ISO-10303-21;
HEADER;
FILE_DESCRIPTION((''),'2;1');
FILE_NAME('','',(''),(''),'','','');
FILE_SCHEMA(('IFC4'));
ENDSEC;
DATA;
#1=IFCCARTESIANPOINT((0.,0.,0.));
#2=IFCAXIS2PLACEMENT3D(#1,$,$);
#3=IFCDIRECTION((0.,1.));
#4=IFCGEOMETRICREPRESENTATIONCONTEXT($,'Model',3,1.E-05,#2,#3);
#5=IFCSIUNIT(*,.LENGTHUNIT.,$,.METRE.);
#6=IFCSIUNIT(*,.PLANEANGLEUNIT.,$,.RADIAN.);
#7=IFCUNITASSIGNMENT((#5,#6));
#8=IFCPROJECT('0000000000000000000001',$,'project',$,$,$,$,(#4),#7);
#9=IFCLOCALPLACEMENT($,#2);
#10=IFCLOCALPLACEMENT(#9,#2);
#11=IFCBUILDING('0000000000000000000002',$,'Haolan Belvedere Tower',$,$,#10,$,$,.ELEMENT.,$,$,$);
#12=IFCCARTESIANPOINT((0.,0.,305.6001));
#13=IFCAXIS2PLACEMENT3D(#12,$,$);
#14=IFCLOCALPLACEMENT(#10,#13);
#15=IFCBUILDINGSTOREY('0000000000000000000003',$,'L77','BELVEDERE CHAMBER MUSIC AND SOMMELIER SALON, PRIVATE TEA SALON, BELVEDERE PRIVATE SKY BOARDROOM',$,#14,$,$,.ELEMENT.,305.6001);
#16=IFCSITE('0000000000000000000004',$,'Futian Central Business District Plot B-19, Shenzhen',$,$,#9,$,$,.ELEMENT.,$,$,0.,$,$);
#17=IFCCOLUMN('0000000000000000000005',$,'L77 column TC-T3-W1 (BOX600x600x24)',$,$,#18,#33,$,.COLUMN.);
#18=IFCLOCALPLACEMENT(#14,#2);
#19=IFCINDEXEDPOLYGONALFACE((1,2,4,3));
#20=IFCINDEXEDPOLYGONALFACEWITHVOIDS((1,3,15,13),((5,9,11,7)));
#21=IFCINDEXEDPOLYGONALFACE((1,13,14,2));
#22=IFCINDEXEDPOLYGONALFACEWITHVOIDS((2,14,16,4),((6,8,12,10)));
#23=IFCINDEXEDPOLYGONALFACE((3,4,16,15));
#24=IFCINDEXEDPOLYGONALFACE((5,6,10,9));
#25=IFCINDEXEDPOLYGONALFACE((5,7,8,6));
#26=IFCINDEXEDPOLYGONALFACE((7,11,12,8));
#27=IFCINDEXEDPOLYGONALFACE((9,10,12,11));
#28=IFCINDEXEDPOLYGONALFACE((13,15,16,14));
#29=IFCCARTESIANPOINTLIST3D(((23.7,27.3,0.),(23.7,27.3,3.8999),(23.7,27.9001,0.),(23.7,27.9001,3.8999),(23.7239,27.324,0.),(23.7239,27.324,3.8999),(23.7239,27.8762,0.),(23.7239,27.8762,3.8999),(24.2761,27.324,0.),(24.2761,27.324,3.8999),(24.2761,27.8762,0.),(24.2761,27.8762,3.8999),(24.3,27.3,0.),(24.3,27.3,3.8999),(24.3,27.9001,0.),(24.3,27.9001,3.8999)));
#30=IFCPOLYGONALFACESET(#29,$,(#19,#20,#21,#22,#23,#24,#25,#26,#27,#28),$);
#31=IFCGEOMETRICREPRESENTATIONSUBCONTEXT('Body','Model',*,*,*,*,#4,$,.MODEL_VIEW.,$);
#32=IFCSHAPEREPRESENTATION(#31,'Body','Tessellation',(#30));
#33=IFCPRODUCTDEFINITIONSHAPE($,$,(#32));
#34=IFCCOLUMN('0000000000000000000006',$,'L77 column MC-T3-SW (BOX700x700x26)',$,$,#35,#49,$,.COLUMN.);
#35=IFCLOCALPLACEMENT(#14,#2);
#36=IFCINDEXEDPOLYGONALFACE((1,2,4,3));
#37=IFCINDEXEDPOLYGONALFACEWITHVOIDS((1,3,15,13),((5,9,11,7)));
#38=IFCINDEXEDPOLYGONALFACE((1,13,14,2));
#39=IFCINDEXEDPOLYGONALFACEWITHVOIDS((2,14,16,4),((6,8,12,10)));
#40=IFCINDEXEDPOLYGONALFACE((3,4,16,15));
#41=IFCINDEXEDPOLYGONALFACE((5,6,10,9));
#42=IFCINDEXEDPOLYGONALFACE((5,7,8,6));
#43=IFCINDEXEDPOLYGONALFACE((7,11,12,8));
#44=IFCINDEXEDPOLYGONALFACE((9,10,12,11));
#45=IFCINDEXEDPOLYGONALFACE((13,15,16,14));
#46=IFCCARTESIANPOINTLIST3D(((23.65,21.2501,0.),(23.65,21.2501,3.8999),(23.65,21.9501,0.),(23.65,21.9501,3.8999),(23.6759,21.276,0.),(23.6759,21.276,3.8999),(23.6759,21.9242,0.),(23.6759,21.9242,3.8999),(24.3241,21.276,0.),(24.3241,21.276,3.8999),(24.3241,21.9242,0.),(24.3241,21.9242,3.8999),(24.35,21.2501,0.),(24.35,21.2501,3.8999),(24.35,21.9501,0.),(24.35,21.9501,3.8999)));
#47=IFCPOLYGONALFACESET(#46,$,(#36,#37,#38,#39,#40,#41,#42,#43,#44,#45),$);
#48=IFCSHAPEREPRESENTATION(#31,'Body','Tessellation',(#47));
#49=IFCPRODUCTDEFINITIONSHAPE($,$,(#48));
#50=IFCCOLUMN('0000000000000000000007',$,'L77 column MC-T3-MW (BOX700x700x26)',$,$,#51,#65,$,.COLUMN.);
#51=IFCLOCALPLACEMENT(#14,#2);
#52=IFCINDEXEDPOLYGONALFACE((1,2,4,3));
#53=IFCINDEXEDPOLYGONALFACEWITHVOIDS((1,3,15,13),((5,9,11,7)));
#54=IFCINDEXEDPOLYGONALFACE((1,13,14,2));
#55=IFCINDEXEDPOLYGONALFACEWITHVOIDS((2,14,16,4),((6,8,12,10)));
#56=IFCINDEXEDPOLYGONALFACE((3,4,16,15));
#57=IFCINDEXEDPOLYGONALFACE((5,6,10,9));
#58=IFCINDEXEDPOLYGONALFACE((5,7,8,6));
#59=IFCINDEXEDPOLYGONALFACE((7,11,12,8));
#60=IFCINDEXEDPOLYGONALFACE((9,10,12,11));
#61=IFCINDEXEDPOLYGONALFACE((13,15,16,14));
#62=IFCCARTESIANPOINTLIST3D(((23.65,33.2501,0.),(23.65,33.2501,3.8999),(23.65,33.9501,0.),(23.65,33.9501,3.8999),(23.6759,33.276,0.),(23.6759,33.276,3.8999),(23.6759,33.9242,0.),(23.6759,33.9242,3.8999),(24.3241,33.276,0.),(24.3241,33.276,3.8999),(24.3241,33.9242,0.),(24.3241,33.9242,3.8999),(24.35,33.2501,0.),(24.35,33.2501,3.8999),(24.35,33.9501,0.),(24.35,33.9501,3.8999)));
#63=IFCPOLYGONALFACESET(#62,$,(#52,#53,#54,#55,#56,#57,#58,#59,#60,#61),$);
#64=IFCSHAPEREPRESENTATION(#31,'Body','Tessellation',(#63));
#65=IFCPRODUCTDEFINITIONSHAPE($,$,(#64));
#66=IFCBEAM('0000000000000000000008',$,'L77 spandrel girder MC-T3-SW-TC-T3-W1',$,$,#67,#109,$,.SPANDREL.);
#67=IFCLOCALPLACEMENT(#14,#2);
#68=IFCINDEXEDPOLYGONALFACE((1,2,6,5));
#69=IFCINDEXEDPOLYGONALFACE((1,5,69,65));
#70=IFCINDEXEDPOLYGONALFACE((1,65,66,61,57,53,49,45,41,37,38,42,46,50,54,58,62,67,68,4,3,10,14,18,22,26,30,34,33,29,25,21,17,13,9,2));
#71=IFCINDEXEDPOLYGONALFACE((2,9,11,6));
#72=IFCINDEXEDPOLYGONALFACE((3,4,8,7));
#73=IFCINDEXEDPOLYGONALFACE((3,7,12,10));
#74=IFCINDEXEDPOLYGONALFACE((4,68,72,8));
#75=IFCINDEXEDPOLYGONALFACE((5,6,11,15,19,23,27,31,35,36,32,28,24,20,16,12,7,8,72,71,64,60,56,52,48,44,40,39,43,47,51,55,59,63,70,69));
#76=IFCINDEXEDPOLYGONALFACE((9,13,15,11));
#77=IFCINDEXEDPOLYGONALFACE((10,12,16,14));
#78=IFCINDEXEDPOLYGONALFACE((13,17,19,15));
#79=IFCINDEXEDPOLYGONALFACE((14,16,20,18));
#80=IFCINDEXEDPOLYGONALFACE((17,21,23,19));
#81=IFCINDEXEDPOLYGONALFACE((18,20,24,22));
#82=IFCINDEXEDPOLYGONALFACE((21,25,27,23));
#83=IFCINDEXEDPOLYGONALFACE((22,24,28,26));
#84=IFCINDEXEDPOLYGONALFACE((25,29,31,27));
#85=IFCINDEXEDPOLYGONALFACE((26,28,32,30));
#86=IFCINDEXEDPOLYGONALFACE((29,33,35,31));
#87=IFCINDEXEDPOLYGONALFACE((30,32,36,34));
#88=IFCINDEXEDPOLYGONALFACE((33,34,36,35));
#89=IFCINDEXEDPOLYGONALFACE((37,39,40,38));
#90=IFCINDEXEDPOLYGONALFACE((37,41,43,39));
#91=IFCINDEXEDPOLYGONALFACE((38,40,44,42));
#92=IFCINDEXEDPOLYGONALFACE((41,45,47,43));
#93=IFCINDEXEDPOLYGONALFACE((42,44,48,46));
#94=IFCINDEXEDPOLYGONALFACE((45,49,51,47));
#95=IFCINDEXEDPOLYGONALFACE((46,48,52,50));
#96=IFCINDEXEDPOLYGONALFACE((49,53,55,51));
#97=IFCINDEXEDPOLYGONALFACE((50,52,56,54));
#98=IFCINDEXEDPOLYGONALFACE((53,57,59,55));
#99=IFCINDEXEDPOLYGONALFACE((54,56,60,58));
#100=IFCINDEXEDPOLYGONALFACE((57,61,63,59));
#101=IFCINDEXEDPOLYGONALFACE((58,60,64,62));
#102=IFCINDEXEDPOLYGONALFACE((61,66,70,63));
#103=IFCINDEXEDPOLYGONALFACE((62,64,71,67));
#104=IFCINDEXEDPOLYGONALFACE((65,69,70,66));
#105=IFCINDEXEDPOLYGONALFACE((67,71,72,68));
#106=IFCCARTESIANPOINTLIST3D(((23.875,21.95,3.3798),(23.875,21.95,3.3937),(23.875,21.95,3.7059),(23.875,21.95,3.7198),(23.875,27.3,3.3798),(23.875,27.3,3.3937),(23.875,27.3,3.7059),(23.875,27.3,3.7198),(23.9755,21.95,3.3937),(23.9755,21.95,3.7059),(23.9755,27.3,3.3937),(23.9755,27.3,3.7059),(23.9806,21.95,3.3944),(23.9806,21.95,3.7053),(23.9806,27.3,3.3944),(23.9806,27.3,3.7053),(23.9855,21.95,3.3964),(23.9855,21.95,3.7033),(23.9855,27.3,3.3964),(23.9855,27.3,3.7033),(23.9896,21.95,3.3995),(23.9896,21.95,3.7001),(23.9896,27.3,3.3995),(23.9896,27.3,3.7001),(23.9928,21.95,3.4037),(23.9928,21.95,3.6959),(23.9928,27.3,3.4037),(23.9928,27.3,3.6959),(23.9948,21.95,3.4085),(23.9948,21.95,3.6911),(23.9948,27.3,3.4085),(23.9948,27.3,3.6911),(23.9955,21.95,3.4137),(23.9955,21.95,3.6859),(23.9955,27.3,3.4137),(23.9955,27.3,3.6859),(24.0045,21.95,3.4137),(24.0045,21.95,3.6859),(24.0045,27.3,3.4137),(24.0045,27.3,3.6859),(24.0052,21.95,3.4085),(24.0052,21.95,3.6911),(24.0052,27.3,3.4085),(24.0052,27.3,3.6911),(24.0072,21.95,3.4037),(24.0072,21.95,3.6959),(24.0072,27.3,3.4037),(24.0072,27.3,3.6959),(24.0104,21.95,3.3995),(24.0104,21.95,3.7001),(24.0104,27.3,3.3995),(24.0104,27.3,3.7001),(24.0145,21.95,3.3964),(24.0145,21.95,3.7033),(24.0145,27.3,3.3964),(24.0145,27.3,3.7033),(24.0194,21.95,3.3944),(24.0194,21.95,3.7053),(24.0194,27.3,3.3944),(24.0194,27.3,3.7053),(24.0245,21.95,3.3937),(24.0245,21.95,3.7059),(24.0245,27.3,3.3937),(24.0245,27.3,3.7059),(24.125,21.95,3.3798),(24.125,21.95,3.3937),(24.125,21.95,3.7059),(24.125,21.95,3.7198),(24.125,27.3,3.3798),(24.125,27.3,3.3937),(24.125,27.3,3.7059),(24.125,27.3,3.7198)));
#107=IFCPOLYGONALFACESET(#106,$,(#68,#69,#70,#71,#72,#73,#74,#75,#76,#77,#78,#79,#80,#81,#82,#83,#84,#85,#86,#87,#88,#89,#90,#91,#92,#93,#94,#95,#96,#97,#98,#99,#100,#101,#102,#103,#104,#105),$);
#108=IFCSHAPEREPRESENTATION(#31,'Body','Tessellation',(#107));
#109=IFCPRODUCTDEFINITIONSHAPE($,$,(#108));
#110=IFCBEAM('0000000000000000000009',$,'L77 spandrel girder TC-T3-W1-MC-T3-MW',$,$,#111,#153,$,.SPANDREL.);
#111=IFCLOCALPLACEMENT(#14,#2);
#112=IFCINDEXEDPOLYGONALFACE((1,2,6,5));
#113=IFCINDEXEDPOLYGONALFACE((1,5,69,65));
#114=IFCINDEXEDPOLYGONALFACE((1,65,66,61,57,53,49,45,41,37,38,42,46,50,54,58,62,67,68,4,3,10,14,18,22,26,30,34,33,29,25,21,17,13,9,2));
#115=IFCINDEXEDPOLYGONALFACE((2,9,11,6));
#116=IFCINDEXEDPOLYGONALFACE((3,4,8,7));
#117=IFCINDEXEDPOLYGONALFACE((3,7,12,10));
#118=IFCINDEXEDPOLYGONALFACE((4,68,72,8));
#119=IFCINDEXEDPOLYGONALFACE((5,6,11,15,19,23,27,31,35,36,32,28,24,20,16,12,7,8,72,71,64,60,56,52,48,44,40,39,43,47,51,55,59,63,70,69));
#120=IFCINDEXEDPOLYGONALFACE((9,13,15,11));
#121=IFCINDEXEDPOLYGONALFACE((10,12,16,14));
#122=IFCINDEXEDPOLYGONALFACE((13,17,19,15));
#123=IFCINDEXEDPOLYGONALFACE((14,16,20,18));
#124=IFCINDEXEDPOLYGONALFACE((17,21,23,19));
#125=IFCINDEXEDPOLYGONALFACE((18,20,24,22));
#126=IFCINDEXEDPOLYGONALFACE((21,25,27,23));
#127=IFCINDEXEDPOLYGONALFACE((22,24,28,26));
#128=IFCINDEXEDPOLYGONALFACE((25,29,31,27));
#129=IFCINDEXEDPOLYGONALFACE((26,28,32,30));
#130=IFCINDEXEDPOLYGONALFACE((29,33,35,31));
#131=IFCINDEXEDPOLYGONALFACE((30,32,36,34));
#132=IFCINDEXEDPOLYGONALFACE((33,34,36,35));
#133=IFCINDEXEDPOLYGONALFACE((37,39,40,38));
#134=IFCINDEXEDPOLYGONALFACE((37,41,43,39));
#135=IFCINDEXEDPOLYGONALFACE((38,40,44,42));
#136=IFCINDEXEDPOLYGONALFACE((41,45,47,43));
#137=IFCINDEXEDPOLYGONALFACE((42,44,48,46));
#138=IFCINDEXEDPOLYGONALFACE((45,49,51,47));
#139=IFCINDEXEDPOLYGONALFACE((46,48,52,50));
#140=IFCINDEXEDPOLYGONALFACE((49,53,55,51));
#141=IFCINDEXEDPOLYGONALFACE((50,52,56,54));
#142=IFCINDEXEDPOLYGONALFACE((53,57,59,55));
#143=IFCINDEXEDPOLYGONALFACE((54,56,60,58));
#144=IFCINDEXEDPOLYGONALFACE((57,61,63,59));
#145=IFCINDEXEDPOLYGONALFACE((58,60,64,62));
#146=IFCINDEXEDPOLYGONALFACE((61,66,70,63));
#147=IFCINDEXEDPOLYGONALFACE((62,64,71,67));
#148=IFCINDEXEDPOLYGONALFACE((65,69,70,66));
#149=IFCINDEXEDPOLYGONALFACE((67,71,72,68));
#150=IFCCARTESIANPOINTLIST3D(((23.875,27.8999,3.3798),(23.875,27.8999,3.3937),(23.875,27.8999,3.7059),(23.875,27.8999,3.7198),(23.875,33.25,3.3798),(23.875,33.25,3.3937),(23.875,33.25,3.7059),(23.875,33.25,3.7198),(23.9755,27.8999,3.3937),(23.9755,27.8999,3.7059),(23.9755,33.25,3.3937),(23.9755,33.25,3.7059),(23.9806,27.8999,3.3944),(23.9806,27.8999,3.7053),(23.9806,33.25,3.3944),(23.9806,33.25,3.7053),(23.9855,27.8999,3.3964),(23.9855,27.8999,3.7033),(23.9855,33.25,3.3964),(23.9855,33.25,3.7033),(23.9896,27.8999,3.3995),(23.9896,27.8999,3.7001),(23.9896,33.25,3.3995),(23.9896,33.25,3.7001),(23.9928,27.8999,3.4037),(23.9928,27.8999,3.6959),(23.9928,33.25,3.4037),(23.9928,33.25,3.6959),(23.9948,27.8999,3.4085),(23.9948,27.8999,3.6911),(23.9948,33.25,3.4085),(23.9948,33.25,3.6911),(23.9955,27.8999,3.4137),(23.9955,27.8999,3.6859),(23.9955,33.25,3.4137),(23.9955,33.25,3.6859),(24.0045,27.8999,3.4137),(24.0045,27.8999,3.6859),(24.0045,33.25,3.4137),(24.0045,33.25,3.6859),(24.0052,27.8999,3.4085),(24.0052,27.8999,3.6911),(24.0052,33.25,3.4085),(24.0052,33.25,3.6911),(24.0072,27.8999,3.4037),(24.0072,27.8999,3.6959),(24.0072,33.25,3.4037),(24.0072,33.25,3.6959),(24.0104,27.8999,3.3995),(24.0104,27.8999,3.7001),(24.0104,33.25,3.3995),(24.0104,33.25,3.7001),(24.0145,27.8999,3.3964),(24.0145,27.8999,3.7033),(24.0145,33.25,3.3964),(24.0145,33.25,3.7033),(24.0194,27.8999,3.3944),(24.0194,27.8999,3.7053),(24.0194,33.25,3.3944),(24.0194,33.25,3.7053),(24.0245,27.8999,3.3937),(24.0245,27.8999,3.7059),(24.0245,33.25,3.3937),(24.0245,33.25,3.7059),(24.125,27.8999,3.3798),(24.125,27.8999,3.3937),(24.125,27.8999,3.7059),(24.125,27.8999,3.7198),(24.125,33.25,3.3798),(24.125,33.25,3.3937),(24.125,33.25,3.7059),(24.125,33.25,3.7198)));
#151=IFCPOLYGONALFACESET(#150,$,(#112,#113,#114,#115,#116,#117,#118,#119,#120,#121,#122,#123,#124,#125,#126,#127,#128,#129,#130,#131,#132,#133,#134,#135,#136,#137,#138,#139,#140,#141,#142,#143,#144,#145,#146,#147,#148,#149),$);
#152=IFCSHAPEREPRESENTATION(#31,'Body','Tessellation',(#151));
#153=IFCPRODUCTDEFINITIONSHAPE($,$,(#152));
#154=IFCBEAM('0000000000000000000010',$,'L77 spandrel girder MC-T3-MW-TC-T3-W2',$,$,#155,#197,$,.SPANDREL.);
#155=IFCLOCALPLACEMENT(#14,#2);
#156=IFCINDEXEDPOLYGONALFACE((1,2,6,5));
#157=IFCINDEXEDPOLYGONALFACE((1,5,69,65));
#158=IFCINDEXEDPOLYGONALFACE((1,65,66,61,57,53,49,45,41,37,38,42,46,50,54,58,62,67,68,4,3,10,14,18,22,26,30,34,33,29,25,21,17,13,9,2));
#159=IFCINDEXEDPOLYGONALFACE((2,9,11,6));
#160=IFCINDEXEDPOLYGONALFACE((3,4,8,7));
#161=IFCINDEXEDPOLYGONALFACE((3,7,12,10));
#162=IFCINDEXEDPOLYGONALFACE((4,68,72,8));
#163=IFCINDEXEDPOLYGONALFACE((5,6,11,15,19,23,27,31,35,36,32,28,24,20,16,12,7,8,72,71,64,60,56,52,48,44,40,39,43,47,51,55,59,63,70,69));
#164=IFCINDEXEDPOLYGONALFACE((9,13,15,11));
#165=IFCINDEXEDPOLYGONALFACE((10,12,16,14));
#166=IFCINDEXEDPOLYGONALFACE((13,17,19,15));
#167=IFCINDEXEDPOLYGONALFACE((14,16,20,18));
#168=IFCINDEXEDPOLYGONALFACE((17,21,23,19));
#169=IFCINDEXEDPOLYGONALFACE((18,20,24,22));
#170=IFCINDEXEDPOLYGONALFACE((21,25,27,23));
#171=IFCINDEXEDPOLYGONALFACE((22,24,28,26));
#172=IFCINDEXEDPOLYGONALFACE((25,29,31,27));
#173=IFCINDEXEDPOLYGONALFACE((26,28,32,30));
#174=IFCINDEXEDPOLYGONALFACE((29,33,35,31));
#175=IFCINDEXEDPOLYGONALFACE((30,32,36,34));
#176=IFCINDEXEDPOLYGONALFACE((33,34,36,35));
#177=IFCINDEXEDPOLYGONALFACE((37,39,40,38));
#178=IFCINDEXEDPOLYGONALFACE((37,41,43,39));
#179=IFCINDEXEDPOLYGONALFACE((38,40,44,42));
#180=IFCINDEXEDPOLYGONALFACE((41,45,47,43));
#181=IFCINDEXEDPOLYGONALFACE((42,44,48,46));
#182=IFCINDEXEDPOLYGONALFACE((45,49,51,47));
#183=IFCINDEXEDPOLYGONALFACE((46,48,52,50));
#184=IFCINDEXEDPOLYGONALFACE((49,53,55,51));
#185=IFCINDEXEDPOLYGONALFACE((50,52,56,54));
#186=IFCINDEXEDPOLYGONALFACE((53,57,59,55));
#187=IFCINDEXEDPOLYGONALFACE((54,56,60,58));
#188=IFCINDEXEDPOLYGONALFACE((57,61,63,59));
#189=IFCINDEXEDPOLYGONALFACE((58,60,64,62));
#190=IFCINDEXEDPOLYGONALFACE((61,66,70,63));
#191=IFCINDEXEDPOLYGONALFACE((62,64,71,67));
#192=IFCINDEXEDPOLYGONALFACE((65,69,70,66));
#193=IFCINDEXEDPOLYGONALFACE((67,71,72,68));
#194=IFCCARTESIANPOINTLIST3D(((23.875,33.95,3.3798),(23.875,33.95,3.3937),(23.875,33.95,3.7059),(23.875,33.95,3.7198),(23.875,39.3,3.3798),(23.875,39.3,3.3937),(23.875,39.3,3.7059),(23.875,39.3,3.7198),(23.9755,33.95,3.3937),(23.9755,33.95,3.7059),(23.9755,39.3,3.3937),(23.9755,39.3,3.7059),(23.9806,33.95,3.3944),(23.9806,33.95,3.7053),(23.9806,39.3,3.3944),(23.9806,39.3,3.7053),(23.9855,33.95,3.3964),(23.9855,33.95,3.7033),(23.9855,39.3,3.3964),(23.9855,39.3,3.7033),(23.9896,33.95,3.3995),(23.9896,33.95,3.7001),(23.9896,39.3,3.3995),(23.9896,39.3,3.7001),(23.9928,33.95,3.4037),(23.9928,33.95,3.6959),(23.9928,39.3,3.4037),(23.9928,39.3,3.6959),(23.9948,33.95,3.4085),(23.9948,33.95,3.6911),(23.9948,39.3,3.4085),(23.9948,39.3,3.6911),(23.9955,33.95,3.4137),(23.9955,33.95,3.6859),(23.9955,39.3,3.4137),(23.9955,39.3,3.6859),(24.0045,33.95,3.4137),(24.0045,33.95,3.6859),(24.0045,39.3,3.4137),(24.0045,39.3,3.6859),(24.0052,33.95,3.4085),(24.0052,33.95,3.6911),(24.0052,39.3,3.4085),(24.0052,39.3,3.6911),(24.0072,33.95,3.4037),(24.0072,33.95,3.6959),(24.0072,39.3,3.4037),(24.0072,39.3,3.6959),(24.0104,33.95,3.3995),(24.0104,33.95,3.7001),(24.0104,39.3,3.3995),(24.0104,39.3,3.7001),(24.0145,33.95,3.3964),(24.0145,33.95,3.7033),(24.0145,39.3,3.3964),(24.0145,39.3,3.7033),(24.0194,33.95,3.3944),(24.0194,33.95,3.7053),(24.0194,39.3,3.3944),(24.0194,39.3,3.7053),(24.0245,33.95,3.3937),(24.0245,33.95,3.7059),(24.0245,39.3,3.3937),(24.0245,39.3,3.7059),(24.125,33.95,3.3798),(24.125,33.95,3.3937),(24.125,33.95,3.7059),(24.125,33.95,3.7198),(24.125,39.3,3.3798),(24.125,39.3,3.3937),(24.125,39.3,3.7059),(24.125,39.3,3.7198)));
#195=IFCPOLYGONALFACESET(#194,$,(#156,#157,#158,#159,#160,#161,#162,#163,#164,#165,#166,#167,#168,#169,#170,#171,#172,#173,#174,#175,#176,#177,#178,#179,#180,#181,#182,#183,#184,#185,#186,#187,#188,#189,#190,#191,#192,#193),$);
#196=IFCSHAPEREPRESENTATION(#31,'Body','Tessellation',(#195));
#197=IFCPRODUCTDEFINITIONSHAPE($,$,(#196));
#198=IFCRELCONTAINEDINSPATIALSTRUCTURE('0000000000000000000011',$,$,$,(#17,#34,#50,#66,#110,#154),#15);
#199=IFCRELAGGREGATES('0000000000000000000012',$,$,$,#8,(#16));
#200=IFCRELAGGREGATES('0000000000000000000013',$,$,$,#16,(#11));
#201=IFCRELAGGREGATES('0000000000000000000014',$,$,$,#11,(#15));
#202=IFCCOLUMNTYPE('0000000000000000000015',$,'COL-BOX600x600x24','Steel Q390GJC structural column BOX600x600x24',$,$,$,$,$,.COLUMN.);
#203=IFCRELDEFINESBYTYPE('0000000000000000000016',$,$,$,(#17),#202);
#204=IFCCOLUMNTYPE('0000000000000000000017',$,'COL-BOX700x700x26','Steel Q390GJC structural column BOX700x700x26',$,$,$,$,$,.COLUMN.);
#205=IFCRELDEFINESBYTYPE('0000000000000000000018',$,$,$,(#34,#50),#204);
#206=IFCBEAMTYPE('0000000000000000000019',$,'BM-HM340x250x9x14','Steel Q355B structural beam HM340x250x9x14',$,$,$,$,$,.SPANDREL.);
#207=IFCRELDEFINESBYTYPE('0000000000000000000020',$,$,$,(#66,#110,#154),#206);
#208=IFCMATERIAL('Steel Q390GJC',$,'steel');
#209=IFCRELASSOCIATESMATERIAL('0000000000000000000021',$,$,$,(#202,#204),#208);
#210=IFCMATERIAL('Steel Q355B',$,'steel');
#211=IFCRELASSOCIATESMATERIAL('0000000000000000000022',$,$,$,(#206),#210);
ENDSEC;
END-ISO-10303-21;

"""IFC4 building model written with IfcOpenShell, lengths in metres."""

from ifc_helpers import new_model, si_unit, direction, frame, origin, origin_2d, place, context, subcontext, project, spatial, hollow_rectangle, i_section, extrude, material, material_profile, profile_set, type_object, element, save


model = new_model("IFC4")

# Units and contexts
model_context = context("Model", 3, precision=1e-05, world=origin(), true_north=direction((0.0, 1.0)))
body_context = subcontext(model_context, "Body", "Model", "MODEL_VIEW")
ifc_project = project(units=[si_unit("LENGTHUNIT", "METRE"), si_unit("PLANEANGLEUNIT", "RADIAN")], contexts=[model_context])

# Site, building, storey
site_placement = place(None, origin())
site = spatial("IfcSite", under=ifc_project, at=site_placement, Name="Futian Central Business District Plot B-19, Shenzhen", CompositionType="ELEMENT", RefElevation=0.0)
building_placement = place(site_placement, origin())
building = spatial("IfcBuilding", under=site, at=building_placement, Name="Haolan Belvedere Tower", CompositionType="ELEMENT")
storey_placement = place(building_placement, frame((0.0, 0.0, 305.6001)))
storey = spatial("IfcBuildingStorey", under=building, at=storey_placement, Name="L77", Description="BELVEDERE CHAMBER MUSIC AND SOMMELIER SALON, PRIVATE TEA SALON, BELVEDERE PRIVATE SKY BOARDROOM", CompositionType="ELEMENT", Elevation=305.6001)

# Columns
ifc_material_1 = material(Name="Steel Q390GJC", Category="steel")
ifc_material_profile_1 = material_profile(ifc_material_1, hollow_rectangle(XDim=0.6001, YDim=0.6001, WallThickness=0.0239, at=origin_2d()), Name="Steel Q390GJC")
ifc_profile_set_1 = profile_set([ifc_material_profile_1], Name="Steel Q390GJC")
column_type_1 = type_object("IfcColumnType", Name="COL-BOX600x600x24", Description="Steel Q390GJC structural column BOX600x600x24", PredefinedType="COLUMN", material=ifc_profile_set_1)
column_placement = place(storey_placement, frame((24.0, 27.6001, 0.0), z_axis=(0.0, 0.0, 1.0), x_axis=(1.0, 0.0, 0.0)))
element("IfcColumn", 1, at=column_placement, inside=storey, type_object=column_type_1, Name="L77 column TC-T3-W1 (BOX600x600x24)", PredefinedType="COLUMN", context=body_context, shape_type="SweptSolid", body=[
    extrude(hollow_rectangle(XDim=0.6001, YDim=0.6001, WallThickness=0.0239, at=origin_2d()), origin(), (0.0, 0.0, 1.0), 3.8999),
])
ifc_material_profile_2 = material_profile(ifc_material_1, hollow_rectangle(XDim=0.7, YDim=0.7, WallThickness=0.0259, at=origin_2d()), Name="Steel Q390GJC")
ifc_profile_set_2 = profile_set([ifc_material_profile_2], Name="Steel Q390GJC")
column_type_2 = type_object("IfcColumnType", Name="COL-BOX700x700x26", Description="Steel Q390GJC structural column BOX700x700x26", PredefinedType="COLUMN", material=ifc_profile_set_2)
for number, where, z_axis, x_axis, name in (
    (2, (24.0, 21.6001, 0.0), (0.0, 0.0, 1.0), (1.0, 0.0, 0.0), "L77 column MC-T3-SW (BOX700x700x26)"),
    (3, (24.0, 33.6001, 0.0), (0.0, 0.0, 1.0), (1.0, 0.0, 0.0), "L77 column MC-T3-MW (BOX700x700x26)"),
):
    element("IfcColumn", number, at=place(storey_placement, frame(where, z_axis=z_axis, x_axis=x_axis)), inside=storey, type_object=column_type_2, Name=name, PredefinedType="COLUMN", context=body_context, shape_type="SweptSolid", body=[
        extrude(hollow_rectangle(XDim=0.7, YDim=0.7, WallThickness=0.0259, at=origin_2d()), origin(), (0.0, 0.0, 1.0), 3.8999),
    ])

# Beams
ifc_material_2 = material(Name="Steel Q355B", Category="steel")
ifc_material_profile_3 = material_profile(ifc_material_2, i_section(OverallWidth=0.25, OverallDepth=0.3401, WebThickness=0.009, FlangeThickness=0.0139, FilletRadius=0.02, at=origin_2d()), Name="Steel Q355B")
ifc_profile_set_3 = profile_set([ifc_material_profile_3], Name="Steel Q355B")
beam_type_1 = type_object("IfcBeamType", Name="BM-HM340x250x9x14", Description="Steel Q355B structural beam HM340x250x9x14", PredefinedType="SPANDREL", material=ifc_profile_set_3)
for number, where, z_axis, x_axis, name in (
    (4, (24.0, 21.95, 3.5498), (0.0, 1.0, 0.0), (-1.0, 0.0, 0.0), "L77 spandrel girder MC-T3-SW-TC-T3-W1"),
    (5, (24.0, 27.8999, 3.5498), (0.0, 1.0, 0.0), (-1.0, 0.0, 0.0), "L77 spandrel girder TC-T3-W1-MC-T3-MW"),
    (6, (24.0, 33.95, 3.5498), (0.0, 1.0, 0.0), (-1.0, 0.0, 0.0), "L77 spandrel girder MC-T3-MW-TC-T3-W2"),
):
    element("IfcBeam", number, at=place(storey_placement, frame(where, z_axis=z_axis, x_axis=x_axis)), inside=storey, type_object=beam_type_1, Name=name, PredefinedType="SPANDREL", context=body_context, shape_type="SweptSolid", body=[
        extrude(i_section(OverallWidth=0.25, OverallDepth=0.3401, WebThickness=0.009, FlangeThickness=0.0139, FilletRadius=0.02, at=origin_2d()), origin(), (0.0, 0.0, 1.0), 5.3501),
    ])

save(model, "model.ifc")
